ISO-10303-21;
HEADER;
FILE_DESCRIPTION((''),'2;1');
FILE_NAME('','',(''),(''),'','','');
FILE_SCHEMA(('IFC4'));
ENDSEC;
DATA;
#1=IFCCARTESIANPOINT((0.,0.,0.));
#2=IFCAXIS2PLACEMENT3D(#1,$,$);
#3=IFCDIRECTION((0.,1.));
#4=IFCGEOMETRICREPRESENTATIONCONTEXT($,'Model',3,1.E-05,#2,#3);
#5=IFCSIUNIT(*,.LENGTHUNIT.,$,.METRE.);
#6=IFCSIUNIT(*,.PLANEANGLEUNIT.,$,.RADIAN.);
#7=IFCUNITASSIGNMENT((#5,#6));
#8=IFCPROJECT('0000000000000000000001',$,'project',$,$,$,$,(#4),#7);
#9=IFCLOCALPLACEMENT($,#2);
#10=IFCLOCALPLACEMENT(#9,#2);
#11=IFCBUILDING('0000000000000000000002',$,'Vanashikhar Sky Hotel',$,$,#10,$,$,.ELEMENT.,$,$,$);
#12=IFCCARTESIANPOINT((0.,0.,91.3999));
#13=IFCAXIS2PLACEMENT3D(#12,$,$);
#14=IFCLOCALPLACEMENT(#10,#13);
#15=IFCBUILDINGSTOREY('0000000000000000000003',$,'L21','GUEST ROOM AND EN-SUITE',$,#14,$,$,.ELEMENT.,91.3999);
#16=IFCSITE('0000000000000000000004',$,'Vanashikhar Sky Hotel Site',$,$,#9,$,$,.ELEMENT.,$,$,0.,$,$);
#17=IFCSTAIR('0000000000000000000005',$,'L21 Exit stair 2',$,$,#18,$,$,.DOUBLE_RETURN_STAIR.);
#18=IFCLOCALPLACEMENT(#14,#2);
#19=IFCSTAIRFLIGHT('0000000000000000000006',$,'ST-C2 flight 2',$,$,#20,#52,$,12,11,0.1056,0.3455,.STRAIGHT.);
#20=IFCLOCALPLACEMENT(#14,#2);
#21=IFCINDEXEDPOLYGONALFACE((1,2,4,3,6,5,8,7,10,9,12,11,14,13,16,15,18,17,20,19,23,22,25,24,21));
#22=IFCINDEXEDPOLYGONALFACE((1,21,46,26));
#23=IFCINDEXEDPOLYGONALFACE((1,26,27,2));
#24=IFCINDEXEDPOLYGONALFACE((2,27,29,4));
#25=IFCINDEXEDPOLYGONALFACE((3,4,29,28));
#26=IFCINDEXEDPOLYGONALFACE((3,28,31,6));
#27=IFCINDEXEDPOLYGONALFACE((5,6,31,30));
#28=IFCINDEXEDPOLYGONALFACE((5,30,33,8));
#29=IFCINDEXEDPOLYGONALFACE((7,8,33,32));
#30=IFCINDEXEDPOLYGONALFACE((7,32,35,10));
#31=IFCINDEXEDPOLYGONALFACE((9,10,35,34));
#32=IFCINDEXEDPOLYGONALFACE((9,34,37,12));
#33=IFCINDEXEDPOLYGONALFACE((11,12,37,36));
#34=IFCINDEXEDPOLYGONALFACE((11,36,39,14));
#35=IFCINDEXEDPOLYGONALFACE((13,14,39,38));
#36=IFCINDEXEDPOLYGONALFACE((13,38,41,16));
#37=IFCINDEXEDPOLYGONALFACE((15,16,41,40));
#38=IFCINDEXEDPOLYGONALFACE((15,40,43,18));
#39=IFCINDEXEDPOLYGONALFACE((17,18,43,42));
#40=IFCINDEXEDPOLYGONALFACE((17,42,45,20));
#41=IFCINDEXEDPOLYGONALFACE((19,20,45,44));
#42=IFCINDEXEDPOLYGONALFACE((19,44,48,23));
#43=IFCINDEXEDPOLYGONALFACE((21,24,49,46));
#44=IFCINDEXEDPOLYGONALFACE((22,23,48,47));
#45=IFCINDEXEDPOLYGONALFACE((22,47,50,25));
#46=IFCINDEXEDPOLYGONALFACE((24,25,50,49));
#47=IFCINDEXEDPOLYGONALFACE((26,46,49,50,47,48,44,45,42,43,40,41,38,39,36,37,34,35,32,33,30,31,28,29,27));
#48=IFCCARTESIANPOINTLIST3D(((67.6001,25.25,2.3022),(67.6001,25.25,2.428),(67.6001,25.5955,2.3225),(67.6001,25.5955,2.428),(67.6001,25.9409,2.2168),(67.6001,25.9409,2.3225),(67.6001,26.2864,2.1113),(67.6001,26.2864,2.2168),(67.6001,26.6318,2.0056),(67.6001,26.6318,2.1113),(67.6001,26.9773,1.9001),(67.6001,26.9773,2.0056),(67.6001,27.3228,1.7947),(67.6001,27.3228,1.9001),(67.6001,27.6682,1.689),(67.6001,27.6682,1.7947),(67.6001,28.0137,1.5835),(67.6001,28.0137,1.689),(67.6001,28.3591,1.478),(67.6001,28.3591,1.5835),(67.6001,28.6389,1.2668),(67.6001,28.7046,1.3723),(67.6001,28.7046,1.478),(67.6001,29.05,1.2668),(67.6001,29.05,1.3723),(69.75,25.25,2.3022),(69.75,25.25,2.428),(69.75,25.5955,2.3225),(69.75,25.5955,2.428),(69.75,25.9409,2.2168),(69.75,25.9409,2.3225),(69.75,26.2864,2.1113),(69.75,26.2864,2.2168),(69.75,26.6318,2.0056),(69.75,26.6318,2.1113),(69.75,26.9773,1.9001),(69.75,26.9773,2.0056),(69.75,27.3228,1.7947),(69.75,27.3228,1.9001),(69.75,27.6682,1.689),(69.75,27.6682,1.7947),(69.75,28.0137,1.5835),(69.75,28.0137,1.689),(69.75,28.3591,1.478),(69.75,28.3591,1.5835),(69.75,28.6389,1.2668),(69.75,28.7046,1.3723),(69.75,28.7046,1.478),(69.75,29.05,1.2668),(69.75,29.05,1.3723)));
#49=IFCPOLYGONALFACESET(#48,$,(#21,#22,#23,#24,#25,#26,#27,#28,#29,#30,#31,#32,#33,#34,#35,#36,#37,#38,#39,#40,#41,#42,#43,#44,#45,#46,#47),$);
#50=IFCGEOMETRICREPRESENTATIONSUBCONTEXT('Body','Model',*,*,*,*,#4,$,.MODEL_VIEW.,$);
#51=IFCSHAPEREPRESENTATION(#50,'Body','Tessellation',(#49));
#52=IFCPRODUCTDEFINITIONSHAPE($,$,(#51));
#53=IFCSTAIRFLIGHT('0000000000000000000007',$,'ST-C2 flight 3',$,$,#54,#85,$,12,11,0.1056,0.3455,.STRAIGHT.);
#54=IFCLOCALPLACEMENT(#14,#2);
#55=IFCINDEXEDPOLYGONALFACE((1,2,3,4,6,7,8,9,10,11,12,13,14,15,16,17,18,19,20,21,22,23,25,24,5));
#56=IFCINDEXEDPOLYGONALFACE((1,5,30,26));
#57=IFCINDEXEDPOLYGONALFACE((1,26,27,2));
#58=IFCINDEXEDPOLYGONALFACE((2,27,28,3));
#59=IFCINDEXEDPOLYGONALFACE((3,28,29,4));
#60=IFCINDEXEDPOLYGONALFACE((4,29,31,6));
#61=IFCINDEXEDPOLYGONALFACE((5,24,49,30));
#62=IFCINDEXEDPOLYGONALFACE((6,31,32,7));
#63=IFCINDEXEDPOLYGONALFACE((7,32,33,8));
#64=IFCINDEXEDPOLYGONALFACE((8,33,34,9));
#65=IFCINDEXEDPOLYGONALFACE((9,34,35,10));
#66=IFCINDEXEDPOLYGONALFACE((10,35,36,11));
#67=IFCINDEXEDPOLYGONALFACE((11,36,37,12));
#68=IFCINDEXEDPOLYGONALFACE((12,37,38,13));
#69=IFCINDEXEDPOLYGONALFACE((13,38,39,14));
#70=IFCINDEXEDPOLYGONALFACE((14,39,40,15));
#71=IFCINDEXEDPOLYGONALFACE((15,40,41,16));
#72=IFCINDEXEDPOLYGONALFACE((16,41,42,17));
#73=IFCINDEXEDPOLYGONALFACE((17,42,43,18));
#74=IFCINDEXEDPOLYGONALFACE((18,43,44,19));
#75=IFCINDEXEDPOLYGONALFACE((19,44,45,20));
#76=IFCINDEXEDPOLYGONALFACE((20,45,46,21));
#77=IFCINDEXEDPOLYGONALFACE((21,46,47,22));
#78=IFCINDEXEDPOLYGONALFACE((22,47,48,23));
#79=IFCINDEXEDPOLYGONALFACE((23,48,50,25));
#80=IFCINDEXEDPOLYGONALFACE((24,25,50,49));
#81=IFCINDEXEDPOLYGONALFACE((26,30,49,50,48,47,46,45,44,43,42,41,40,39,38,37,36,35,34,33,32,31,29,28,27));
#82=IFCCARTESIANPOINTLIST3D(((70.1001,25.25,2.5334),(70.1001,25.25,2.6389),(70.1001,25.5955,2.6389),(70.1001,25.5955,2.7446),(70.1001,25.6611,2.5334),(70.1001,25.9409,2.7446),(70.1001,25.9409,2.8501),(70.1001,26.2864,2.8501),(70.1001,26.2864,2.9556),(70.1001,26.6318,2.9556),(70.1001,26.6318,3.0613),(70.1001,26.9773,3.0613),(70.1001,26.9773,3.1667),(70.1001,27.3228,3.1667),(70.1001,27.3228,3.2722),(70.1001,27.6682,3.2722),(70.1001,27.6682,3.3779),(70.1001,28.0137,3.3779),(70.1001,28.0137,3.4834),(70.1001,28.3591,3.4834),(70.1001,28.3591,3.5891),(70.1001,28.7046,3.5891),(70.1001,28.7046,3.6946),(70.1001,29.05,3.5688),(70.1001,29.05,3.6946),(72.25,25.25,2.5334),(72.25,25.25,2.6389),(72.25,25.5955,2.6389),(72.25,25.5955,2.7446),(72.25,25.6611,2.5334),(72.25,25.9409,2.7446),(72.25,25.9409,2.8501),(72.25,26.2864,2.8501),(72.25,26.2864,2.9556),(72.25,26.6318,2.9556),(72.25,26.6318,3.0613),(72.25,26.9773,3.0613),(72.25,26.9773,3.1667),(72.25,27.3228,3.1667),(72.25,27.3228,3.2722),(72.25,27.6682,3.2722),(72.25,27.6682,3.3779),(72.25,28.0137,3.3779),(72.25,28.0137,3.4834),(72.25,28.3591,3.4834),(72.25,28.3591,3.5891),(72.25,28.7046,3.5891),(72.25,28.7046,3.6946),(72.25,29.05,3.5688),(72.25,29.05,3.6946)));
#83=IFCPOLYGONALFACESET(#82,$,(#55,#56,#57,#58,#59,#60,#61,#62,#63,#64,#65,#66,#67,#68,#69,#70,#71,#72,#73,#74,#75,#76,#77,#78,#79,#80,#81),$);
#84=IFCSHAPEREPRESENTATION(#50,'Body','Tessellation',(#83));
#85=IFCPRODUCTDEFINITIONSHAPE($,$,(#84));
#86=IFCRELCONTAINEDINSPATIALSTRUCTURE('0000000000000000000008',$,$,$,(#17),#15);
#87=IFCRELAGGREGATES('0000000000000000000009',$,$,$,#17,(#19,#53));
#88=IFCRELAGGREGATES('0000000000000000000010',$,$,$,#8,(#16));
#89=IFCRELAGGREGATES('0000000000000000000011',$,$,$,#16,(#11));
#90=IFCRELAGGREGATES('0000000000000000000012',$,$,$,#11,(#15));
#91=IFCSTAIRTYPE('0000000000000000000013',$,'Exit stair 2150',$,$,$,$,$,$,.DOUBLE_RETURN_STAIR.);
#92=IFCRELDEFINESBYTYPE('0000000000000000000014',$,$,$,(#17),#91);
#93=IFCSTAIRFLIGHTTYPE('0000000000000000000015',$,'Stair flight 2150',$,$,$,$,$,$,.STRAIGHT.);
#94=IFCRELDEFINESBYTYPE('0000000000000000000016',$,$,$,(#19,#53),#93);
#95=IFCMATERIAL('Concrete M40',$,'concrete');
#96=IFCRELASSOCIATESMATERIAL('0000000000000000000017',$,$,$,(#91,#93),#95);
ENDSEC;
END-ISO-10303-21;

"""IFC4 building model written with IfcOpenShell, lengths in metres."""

from ifc_helpers import new_model, si_unit, direction, frame, origin, place, context, subcontext, project, spatial, polyline, outline, extrude, source, transform, mapped, material, type_object, element, aggregate, save


model = new_model("IFC4")

# Units and contexts
model_context = context("Model", 3, precision=1e-05, world=origin(), true_north=direction((0.0, 1.0)))
body_context = subcontext(model_context, "Body", "Model", "MODEL_VIEW")
ifc_project = project(units=[si_unit("LENGTHUNIT", "METRE"), si_unit("PLANEANGLEUNIT", "RADIAN")], contexts=[model_context])

# Site, building, storey
site_placement = place(None, origin())
site = spatial("IfcSite", under=ifc_project, at=site_placement, Name="Vanashikhar Sky Hotel Site", CompositionType="ELEMENT", RefElevation=0.0)
building_placement = place(site_placement, origin())
building = spatial("IfcBuilding", under=site, at=building_placement, Name="Vanashikhar Sky Hotel", CompositionType="ELEMENT")
storey_placement = place(building_placement, frame((0.0, 0.0, 91.3999)))
storey = spatial("IfcBuildingStorey", under=building, at=storey_placement, Name="L21", Description="GUEST ROOM AND EN-SUITE", CompositionType="ELEMENT", Elevation=91.3999)

# Stair, stair flights
ifc_material_1 = material(Name="Concrete M40", Category="concrete")
stair_type = type_object("IfcStairType", Name="Exit stair 2150", PredefinedType="DOUBLE_RETURN_STAIR", material=ifc_material_1)
stair_placement = place(storey_placement, origin())
stair = element("IfcStair", 1, at=stair_placement, inside=storey, type_object=stair_type, Name="L21 Exit stair 2", PredefinedType="DOUBLE_RETURN_STAIR")
stair_flight_type = type_object("IfcStairFlightType", Name="Stair flight 2150", PredefinedType="STRAIGHT", material=ifc_material_1)
shared_shape_1 = source(origin(), body_context, "Body", "SweptSolid", [
    extrude(outline(polyline([(0.0, 0.0), (0.0, 0.1055), (0.3455, 0.1055), (0.3455, 0.2112), (0.6909, 0.2112), (0.6909, 0.3167), (1.0364, 0.3167), (1.0364, 0.4221), (1.3818, 0.4221), (1.3818, 0.5278), (1.7273, 0.5278), (1.7273, 0.6333), (2.0728, 0.6333), (2.0728, 0.7388), (2.4182, 0.7388), (2.4182, 0.8445), (2.7637, 0.8445), (2.7637, 0.95), (3.1091, 0.95), (3.1091, 1.0557), (3.4546, 1.0557), (3.4546, 1.1611), (3.8, 1.1611), (3.8, 1.2666), (3.8, 1.0354), (0.4111, 0.0), (0.0, 0.0)])), frame((0.0, 1.075, 0.0), z_axis=(0.0, -1.0, 0.0), x_axis=(1.0, 0.0, 0.0)), (0.0, 0.0, 1.0), 2.1499),
])
stair_flight_1_placement = place(storey_placement, frame((68.675, 29.05, 1.2668), z_axis=(0.0, 0.0, 1.0), x_axis=(0.0, -1.0, 0.0)))
stair_flight_1 = element("IfcStairFlight", 2, at=stair_flight_1_placement, type_object=stair_flight_type, Name="ST-C2 flight 2", NumberOfRisers=12, NumberOfTreads=11, PredefinedType="STRAIGHT", RiserHeight=0.1056, TreadLength=0.3455, context=body_context, shape_type="MappedRepresentation", body=[
    mapped(shared_shape_1, transform((0.0, 0.0, 0.0), scale=1.0)),
])
stair_flight_2_placement = place(storey_placement, frame((71.175, 25.25, 2.5334), z_axis=(0.0, 0.0, 1.0), x_axis=(0.0, 1.0, 0.0)))
stair_flight_2 = element("IfcStairFlight", 3, at=stair_flight_2_placement, type_object=stair_flight_type, Name="ST-C2 flight 3", NumberOfRisers=12, NumberOfTreads=11, PredefinedType="STRAIGHT", RiserHeight=0.1056, TreadLength=0.3455, context=body_context, shape_type="MappedRepresentation", body=[
    mapped(shared_shape_1, transform((0.0, 0.0, 0.0), scale=1.0)),
])
aggregate(stair, [stair_flight_1, stair_flight_2])

save(model, "model.ifc")
